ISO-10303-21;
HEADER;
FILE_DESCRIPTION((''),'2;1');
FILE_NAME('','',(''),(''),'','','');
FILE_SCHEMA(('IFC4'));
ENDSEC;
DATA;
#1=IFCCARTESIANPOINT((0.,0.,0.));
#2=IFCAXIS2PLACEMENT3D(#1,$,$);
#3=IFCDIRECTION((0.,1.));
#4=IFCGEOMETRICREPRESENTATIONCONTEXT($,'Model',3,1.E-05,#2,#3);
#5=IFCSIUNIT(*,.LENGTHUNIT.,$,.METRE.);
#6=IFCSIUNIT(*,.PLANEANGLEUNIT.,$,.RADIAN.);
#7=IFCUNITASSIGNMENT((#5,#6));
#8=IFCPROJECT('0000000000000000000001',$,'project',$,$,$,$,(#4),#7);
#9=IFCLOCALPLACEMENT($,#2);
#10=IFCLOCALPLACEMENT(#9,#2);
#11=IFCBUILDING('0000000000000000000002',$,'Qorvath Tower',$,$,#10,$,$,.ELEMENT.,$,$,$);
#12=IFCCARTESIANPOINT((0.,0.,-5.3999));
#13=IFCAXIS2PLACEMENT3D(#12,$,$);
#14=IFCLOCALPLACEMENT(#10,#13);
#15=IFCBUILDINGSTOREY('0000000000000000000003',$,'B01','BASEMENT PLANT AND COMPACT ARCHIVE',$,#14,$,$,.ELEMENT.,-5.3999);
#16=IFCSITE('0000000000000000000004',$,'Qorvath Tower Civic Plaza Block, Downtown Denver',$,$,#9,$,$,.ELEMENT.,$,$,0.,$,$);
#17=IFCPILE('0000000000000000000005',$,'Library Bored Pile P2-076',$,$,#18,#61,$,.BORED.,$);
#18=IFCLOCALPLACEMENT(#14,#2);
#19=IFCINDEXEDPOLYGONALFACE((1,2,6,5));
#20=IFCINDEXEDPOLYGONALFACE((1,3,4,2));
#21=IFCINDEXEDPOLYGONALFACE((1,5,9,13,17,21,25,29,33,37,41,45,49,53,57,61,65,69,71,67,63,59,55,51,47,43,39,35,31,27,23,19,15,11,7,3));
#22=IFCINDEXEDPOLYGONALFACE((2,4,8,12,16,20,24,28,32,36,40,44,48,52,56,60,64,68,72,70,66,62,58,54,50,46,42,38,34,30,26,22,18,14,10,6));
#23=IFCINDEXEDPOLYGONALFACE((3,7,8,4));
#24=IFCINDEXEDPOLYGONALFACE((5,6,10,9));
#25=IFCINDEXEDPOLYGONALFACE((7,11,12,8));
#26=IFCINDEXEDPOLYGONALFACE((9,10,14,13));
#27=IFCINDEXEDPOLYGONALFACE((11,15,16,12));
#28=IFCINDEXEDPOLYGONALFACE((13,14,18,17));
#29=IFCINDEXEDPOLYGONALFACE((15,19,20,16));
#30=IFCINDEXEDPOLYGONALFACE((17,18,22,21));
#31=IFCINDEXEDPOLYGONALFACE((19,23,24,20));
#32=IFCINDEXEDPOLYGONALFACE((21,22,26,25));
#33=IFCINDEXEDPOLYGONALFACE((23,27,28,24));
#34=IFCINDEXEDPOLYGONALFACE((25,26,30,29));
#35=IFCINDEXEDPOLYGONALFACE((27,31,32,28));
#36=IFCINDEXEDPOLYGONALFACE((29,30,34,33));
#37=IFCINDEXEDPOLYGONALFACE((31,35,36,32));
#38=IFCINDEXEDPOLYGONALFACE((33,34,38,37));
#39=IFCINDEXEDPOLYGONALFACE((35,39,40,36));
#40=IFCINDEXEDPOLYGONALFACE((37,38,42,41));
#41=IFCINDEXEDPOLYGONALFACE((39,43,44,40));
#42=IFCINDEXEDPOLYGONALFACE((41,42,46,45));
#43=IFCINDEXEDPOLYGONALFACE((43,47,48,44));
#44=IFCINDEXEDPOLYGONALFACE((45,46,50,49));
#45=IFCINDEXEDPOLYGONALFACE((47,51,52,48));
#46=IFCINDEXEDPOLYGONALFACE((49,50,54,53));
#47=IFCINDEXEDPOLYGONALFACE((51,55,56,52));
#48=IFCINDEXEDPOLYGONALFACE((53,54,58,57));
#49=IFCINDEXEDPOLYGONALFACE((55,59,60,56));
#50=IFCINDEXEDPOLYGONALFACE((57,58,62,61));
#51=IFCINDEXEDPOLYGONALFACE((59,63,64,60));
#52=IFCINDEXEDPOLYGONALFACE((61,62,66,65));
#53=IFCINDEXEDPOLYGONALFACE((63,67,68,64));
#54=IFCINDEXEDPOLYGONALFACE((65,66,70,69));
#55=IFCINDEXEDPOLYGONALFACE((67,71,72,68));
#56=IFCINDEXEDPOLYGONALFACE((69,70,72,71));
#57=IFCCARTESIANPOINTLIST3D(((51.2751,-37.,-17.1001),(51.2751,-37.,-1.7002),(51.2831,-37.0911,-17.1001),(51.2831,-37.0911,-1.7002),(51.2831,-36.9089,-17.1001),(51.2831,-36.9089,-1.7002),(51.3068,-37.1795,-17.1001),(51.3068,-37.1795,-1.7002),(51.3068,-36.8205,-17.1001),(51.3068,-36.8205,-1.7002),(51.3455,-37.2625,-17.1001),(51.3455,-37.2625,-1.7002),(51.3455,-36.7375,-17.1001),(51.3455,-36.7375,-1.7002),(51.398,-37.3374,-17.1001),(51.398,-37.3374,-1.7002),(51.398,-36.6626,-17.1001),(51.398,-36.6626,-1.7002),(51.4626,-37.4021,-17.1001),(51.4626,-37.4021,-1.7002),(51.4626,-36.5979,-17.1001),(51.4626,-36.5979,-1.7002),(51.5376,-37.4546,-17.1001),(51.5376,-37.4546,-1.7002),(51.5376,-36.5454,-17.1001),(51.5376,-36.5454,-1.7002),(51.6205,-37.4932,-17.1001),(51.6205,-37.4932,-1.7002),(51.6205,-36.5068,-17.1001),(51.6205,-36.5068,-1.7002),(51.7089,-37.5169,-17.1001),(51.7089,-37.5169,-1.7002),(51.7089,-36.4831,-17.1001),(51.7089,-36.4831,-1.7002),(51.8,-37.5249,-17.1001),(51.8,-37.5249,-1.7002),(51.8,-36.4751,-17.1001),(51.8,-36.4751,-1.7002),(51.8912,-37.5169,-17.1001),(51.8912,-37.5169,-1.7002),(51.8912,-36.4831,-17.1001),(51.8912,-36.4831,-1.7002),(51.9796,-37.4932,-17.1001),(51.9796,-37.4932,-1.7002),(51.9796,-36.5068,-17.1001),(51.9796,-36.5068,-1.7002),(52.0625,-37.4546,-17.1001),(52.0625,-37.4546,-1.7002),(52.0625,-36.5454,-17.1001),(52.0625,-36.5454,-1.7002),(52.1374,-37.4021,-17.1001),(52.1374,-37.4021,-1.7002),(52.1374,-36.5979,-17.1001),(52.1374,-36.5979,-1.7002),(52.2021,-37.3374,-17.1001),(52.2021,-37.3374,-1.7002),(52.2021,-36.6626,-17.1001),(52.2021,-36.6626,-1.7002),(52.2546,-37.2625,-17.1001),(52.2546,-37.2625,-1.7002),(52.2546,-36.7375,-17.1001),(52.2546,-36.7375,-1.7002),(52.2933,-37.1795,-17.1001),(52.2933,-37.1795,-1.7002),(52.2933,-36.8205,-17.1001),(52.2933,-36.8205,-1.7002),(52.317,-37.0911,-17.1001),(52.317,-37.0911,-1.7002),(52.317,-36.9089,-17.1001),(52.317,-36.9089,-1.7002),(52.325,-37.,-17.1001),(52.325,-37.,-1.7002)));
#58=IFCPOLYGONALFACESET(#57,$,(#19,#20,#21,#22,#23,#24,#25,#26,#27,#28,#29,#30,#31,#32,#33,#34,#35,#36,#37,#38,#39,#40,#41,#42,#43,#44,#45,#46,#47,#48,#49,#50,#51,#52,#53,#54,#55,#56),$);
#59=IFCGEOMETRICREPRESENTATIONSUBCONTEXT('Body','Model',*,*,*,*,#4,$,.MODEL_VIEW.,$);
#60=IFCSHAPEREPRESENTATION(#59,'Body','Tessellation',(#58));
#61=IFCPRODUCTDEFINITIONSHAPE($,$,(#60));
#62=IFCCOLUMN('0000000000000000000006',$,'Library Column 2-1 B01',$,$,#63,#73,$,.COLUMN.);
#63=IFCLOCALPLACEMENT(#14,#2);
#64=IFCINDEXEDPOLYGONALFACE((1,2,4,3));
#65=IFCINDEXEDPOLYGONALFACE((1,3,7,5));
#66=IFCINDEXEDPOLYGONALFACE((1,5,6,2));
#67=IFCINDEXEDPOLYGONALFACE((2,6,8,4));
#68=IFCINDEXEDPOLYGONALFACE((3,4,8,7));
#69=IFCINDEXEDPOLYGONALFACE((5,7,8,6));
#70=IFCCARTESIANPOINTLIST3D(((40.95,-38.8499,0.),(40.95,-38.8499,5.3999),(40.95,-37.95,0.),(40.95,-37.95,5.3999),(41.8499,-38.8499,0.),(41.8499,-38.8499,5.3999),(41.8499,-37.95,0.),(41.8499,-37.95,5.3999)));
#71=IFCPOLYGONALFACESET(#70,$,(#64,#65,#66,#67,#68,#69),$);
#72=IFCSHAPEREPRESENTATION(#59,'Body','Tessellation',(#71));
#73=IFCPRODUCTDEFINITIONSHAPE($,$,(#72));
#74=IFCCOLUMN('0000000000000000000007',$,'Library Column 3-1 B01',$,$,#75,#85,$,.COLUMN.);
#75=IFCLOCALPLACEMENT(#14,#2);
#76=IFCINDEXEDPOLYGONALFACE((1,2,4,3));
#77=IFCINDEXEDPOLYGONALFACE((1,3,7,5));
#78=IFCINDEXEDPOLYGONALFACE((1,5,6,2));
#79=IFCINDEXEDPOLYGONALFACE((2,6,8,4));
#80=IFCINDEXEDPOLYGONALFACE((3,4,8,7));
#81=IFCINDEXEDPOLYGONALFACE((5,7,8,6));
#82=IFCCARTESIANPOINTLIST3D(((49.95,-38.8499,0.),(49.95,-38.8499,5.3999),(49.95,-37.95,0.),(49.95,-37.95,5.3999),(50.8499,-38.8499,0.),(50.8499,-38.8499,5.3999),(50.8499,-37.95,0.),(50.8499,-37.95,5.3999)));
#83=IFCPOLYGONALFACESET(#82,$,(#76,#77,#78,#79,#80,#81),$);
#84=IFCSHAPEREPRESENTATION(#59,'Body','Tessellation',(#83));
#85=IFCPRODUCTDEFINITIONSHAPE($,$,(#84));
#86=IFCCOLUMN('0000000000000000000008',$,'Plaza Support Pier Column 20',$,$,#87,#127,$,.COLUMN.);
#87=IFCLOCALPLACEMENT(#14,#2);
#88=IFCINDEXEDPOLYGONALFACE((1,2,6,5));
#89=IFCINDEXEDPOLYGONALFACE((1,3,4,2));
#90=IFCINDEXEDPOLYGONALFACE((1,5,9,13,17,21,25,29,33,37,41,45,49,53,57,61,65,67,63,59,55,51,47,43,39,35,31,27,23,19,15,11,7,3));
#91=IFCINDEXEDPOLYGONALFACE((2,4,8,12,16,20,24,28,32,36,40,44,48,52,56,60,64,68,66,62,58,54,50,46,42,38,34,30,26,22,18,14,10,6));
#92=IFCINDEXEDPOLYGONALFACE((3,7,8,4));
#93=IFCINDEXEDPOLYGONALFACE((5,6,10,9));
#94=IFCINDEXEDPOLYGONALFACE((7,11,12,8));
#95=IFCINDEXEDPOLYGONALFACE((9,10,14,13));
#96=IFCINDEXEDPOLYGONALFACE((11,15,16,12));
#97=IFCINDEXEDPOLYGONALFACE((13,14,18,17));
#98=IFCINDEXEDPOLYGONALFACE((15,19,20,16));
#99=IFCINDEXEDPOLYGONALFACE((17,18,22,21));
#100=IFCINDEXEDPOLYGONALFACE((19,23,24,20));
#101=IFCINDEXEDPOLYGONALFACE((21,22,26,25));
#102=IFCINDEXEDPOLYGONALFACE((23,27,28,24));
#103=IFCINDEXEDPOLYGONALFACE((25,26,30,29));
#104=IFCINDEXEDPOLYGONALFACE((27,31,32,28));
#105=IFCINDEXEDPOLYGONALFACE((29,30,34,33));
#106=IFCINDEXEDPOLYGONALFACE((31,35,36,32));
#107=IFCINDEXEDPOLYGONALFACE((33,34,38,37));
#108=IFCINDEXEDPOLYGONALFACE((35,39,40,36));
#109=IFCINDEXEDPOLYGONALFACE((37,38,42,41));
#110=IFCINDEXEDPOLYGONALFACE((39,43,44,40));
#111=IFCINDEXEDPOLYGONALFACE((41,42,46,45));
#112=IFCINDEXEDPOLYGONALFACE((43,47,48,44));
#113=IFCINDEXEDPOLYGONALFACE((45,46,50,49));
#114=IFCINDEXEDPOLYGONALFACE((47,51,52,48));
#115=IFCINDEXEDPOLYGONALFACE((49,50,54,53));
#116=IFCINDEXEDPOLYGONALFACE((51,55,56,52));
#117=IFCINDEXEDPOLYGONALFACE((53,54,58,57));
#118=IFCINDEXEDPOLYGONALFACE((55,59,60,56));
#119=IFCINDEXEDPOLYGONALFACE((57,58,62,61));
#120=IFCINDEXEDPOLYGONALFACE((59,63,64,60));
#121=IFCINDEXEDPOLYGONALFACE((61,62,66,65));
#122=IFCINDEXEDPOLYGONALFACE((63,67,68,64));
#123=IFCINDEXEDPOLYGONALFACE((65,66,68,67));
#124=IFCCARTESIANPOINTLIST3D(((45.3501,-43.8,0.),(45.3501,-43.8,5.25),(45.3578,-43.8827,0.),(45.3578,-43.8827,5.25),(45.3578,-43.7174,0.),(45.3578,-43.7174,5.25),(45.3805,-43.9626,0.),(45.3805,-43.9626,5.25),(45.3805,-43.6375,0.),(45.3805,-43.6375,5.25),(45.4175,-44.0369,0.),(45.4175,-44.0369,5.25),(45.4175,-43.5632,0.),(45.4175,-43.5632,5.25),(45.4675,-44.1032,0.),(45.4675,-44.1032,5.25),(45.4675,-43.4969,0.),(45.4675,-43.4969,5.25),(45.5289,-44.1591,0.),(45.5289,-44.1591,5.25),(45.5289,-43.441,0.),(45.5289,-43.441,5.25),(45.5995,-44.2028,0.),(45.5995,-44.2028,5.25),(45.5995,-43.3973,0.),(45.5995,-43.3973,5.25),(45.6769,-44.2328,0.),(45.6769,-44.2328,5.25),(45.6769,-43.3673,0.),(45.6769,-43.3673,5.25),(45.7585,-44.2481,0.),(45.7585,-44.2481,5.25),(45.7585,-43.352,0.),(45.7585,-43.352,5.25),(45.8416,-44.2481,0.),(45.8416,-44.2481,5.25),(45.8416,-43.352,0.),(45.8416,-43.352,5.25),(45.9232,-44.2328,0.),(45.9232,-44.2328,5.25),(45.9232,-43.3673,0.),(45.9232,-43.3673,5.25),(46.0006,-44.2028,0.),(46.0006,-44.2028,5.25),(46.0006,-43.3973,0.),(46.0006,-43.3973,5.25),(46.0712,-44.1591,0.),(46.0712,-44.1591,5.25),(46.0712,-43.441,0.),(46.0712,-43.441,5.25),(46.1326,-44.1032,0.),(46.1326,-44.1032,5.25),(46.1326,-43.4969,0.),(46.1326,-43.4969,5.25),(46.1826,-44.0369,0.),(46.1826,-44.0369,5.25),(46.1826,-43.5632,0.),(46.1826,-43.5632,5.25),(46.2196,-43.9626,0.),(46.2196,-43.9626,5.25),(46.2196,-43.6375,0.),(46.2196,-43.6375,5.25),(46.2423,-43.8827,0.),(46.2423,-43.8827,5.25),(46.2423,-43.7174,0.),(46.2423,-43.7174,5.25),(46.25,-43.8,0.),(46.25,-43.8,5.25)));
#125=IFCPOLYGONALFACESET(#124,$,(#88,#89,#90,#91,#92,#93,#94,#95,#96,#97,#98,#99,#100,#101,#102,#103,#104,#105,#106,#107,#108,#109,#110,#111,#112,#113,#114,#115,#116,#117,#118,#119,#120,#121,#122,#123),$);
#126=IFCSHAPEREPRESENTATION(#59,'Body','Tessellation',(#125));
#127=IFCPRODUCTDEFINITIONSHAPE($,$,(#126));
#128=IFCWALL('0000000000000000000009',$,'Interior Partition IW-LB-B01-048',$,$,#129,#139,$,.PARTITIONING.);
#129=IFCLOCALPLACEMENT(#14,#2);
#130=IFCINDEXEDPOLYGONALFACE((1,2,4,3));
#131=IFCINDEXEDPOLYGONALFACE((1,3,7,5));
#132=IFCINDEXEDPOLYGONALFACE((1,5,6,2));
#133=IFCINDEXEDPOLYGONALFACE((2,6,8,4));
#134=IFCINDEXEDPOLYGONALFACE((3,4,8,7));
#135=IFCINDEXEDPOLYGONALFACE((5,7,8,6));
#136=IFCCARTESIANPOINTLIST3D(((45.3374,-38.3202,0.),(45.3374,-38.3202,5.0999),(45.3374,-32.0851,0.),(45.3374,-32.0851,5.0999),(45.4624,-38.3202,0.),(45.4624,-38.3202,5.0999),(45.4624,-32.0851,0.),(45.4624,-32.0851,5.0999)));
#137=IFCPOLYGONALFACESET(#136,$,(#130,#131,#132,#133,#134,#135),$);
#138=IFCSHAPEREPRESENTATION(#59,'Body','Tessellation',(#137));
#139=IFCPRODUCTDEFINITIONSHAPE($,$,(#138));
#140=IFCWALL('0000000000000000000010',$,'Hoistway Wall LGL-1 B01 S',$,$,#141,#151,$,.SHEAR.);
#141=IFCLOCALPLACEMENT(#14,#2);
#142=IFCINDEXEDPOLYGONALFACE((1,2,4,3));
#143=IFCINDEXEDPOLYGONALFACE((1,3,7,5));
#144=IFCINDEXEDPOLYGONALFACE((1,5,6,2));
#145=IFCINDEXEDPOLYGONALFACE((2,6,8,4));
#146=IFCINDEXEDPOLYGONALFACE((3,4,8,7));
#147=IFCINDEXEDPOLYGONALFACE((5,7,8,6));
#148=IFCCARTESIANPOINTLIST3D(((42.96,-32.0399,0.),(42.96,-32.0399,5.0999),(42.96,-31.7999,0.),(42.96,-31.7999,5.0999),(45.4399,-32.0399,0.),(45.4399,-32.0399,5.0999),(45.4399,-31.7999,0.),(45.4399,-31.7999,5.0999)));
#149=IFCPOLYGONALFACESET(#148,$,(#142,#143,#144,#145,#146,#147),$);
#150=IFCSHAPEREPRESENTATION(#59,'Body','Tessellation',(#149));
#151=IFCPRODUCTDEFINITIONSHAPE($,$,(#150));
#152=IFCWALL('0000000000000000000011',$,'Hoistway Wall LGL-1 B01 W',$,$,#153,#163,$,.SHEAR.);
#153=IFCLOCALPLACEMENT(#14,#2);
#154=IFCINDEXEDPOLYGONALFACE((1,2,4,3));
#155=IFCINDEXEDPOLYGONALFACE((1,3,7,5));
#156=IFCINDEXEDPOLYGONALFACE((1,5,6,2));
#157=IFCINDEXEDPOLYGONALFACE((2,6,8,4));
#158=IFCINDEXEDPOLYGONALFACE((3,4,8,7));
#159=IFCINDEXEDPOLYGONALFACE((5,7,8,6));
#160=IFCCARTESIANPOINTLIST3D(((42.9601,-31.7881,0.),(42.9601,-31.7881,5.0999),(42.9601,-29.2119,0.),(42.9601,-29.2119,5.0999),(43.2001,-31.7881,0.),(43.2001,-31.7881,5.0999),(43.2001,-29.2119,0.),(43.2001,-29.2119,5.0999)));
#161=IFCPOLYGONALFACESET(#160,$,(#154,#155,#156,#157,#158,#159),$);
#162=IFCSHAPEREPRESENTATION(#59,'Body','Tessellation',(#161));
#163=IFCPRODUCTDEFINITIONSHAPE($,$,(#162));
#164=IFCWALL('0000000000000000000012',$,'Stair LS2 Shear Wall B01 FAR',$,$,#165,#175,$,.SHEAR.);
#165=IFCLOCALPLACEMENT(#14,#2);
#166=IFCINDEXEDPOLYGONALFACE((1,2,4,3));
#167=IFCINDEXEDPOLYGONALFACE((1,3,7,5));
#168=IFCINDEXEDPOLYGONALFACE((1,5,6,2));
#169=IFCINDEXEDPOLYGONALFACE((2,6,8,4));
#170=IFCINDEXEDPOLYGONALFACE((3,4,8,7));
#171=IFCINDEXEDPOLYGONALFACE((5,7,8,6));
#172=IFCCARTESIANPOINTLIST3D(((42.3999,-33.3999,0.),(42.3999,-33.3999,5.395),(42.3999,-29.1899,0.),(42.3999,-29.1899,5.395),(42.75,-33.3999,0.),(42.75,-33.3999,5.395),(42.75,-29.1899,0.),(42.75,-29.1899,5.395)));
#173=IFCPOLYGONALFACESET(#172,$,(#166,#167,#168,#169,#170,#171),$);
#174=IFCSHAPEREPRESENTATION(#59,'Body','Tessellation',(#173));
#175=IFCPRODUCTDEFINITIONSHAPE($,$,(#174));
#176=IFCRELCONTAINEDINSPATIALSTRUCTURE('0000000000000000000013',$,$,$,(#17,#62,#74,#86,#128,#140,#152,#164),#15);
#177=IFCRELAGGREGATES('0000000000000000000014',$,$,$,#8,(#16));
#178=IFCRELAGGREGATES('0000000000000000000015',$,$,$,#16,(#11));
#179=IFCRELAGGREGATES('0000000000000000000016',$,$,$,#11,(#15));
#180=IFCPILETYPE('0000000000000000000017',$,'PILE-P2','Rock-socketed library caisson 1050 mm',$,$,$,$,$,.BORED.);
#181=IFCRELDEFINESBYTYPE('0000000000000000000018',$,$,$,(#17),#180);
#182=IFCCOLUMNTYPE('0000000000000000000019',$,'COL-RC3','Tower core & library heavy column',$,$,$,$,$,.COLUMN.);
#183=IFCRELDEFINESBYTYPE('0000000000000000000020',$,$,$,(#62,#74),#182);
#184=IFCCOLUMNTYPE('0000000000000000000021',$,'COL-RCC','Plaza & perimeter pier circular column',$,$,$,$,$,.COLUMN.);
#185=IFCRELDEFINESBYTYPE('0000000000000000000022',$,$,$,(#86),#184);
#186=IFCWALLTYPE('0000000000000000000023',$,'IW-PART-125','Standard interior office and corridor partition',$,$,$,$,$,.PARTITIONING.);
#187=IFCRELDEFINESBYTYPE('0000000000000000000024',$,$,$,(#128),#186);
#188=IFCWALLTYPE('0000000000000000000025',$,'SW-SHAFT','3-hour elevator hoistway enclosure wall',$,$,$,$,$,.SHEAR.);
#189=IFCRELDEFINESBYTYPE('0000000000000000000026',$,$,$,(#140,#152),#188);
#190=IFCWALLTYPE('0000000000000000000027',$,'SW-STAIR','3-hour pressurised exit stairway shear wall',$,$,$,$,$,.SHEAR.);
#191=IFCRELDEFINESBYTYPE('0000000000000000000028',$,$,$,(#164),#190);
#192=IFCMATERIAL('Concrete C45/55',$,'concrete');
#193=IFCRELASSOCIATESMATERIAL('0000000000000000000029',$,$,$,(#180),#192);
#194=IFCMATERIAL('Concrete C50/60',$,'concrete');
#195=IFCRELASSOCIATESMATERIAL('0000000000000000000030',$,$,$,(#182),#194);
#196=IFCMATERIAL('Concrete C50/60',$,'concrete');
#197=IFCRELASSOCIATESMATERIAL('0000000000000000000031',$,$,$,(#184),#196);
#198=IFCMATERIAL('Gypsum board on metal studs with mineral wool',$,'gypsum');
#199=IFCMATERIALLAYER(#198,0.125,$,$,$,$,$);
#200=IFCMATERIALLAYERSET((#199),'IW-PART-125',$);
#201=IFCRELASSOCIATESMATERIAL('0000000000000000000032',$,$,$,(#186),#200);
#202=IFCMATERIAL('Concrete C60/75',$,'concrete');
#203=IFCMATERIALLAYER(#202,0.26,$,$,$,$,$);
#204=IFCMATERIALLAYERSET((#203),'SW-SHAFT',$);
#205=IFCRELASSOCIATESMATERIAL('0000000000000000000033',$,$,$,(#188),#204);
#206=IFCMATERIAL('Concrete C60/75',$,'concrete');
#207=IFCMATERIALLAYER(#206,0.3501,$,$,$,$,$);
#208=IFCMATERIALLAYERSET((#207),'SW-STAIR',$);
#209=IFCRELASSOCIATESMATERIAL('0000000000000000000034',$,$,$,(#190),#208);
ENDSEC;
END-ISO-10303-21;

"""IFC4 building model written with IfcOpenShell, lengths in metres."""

from ifc_helpers import new_model, si_unit, direction, frame, frame_2d, origin, origin_2d, place, context, subcontext, project, spatial, rectangle, circle, extrude, material, layer, layer_set, material_profile, profile_set, type_object, element, save


model = new_model("IFC4")

# Units and contexts
model_context = context("Model", 3, precision=1e-05, world=origin(), true_north=direction((0.0, 1.0)))
body_context = subcontext(model_context, "Body", "Model", "MODEL_VIEW")
ifc_project = project(units=[si_unit("LENGTHUNIT", "METRE"), si_unit("PLANEANGLEUNIT", "RADIAN")], contexts=[model_context])

# Site, building, storey
site_placement = place(None, origin())
site = spatial("IfcSite", under=ifc_project, at=site_placement, Name="Qorvath Tower Civic Plaza Block, Downtown Denver", CompositionType="ELEMENT", RefElevation=0.0)
building_placement = place(site_placement, origin())
building = spatial("IfcBuilding", under=site, at=building_placement, Name="Qorvath Tower", CompositionType="ELEMENT")
storey_placement = place(building_placement, frame((0.0, 0.0, -5.3999)))
storey = spatial("IfcBuildingStorey", under=building, at=storey_placement, Name="B01", Description="BASEMENT PLANT AND COMPACT ARCHIVE", CompositionType="ELEMENT", Elevation=-5.3999)

# Pile
ifc_material_1 = material(Name="Concrete C45/55", Category="concrete")
ifc_material_profile_1 = material_profile(ifc_material_1, circle(Radius=0.5249, at=origin_2d()), Name="BORED PILE 1050")
ifc_profile_set_1 = profile_set([ifc_material_profile_1], Name="Concrete C45/55")
pile_type = type_object("IfcPileType", Name="PILE-P2", Description="Rock-socketed library caisson 1050 mm", PredefinedType="BORED", material=ifc_profile_set_1)
for number, where, z_axis, x_axis, name in (
    (1, (51.8, -37.0, -1.7002), (0.0, 0.0, -1.0), (1.0, 0.0, 0.0), "Library Bored Pile P2-076"),
):
    element("IfcPile", number, at=place(storey_placement, frame(where, z_axis=z_axis, x_axis=x_axis)), inside=storey, type_object=pile_type, Name=name, PredefinedType="BORED", context=body_context, shape_type="SweptSolid", body=[
        extrude(circle(Radius=0.5249, at=origin_2d()), origin(), (0.0, 0.0, 1.0), 15.3999),
    ])

# Columns
ifc_material_2 = material(Name="Concrete C50/60", Category="concrete")
ifc_material_profile_2 = material_profile(ifc_material_2, rectangle(XDim=0.8999, YDim=0.8999, at=origin_2d()), Name="RC 900x900")
ifc_profile_set_2 = profile_set([ifc_material_profile_2], Name="Concrete C50/60")
column_type_1 = type_object("IfcColumnType", Name="COL-RC3", Description="Tower core & library heavy column", PredefinedType="COLUMN", material=ifc_profile_set_2)
for number, where, z_axis, x_axis, name in (
    (2, (41.3999, -38.3999, 0.0), (0.0, 0.0, 1.0), (1.0, 0.0, 0.0), "Library Column 2-1 B01"),
    (3, (50.3999, -38.3999, 0.0), (0.0, 0.0, 1.0), (1.0, 0.0, 0.0), "Library Column 3-1 B01"),
):
    element("IfcColumn", number, at=place(storey_placement, frame(where, z_axis=z_axis, x_axis=x_axis)), inside=storey, type_object=column_type_1, Name=name, PredefinedType="COLUMN", context=body_context, shape_type="SweptSolid", body=[
        extrude(rectangle(XDim=0.8999, YDim=0.8999, at=origin_2d()), origin(), (0.0, 0.0, 1.0), 5.3999),
    ])
ifc_material_3 = material(Name="Concrete C50/60", Category="concrete")
ifc_material_profile_3 = material_profile(ifc_material_3, circle(Radius=0.45, at=origin_2d()), Name="RCC 900")
ifc_profile_set_3 = profile_set([ifc_material_profile_3], Name="Concrete C50/60")
column_type_2 = type_object("IfcColumnType", Name="COL-RCC", Description="Plaza & perimeter pier circular column", PredefinedType="COLUMN", material=ifc_profile_set_3)
column_placement = place(storey_placement, frame((45.8, -43.8, 0.0), z_axis=(0.0, 0.0, 1.0), x_axis=(1.0, 0.0, 0.0)))
element("IfcColumn", 4, at=column_placement, inside=storey, type_object=column_type_2, Name="Plaza Support Pier Column 20", PredefinedType="COLUMN", context=body_context, shape_type="SweptSolid", body=[
    extrude(circle(Radius=0.45, at=origin_2d()), origin(), (0.0, 0.0, 1.0), 5.25),
])

# Walls
ifc_material_4 = material(Name="Gypsum board on metal studs with mineral wool", Category="gypsum")
ifc_layer_1 = layer(ifc_material_4, 0.125)
ifc_layer_set_1 = layer_set([ifc_layer_1], Name="IW-PART-125")
wall_type_1 = type_object("IfcWallType", Name="IW-PART-125", Description="Standard interior office and corridor partition", PredefinedType="PARTITIONING", material=ifc_layer_set_1)
wall_1_placement = place(storey_placement, frame((45.3999, -32.085, 0.0), z_axis=(0.0, 0.0, 1.0), x_axis=(0.0, -1.0, 0.0)))
element("IfcWall", 5, at=wall_1_placement, inside=storey, type_object=wall_type_1, Name="Interior Partition IW-LB-B01-048", PredefinedType="PARTITIONING", context=body_context, shape_type="SweptSolid", body=[
    extrude(rectangle(XDim=6.2351, YDim=0.125, at=frame_2d((3.1177, 0.0))), origin(), (0.0, 0.0, 1.0), 5.0999),
])
ifc_material_5 = material(Name="Concrete C60/75", Category="concrete")
ifc_layer_2 = layer(ifc_material_5, 0.26)
ifc_layer_set_2 = layer_set([ifc_layer_2], Name="SW-SHAFT")
wall_type_2 = type_object("IfcWallType", Name="SW-SHAFT", Description="3-hour elevator hoistway enclosure wall", PredefinedType="SHEAR", material=ifc_layer_set_2)
wall_2_placement = place(storey_placement, frame((45.4399, -31.9199, 0.0), z_axis=(0.0, 0.0, 1.0), x_axis=(-1.0, 0.0, 0.0)))
element("IfcWall", 6, at=wall_2_placement, inside=storey, type_object=wall_type_2, Name="Hoistway Wall LGL-1 B01 S", PredefinedType="SHEAR", context=body_context, shape_type="SweptSolid", body=[
    extrude(rectangle(XDim=2.48, YDim=0.24, at=frame_2d((1.24, 0.0))), origin(), (0.0, 0.0, 1.0), 5.0999),
])
wall_3_placement = place(storey_placement, frame((43.0801, -31.7881, 0.0), z_axis=(0.0, 0.0, 1.0), x_axis=(0.0, 1.0, 0.0)))
element("IfcWall", 7, at=wall_3_placement, inside=storey, type_object=wall_type_2, Name="Hoistway Wall LGL-1 B01 W", PredefinedType="SHEAR", context=body_context, shape_type="SweptSolid", body=[
    extrude(rectangle(XDim=2.5762, YDim=0.24, at=frame_2d((1.2881, 0.0))), origin(), (0.0, 0.0, 1.0), 5.0999),
])
ifc_material_6 = material(Name="Concrete C60/75", Category="concrete")
ifc_layer_3 = layer(ifc_material_6, 0.3501)
ifc_layer_set_3 = layer_set([ifc_layer_3], Name="SW-STAIR")
wall_type_3 = type_object("IfcWallType", Name="SW-STAIR", Description="3-hour pressurised exit stairway shear wall", PredefinedType="SHEAR", material=ifc_layer_set_3)
wall_4_placement = place(storey_placement, frame((42.575, -33.3999, 0.0), z_axis=(0.0, 0.0, 1.0), x_axis=(0.0, 1.0, 0.0)))
element("IfcWall", 8, at=wall_4_placement, inside=storey, type_object=wall_type_3, Name="Stair LS2 Shear Wall B01 FAR", PredefinedType="SHEAR", context=body_context, shape_type="SweptSolid", body=[
    extrude(rectangle(XDim=4.21, YDim=0.3501, at=frame_2d((2.105, 0.0))), origin(), (0.0, 0.0, 1.0), 5.395),
])

save(model, "model.ifc")
